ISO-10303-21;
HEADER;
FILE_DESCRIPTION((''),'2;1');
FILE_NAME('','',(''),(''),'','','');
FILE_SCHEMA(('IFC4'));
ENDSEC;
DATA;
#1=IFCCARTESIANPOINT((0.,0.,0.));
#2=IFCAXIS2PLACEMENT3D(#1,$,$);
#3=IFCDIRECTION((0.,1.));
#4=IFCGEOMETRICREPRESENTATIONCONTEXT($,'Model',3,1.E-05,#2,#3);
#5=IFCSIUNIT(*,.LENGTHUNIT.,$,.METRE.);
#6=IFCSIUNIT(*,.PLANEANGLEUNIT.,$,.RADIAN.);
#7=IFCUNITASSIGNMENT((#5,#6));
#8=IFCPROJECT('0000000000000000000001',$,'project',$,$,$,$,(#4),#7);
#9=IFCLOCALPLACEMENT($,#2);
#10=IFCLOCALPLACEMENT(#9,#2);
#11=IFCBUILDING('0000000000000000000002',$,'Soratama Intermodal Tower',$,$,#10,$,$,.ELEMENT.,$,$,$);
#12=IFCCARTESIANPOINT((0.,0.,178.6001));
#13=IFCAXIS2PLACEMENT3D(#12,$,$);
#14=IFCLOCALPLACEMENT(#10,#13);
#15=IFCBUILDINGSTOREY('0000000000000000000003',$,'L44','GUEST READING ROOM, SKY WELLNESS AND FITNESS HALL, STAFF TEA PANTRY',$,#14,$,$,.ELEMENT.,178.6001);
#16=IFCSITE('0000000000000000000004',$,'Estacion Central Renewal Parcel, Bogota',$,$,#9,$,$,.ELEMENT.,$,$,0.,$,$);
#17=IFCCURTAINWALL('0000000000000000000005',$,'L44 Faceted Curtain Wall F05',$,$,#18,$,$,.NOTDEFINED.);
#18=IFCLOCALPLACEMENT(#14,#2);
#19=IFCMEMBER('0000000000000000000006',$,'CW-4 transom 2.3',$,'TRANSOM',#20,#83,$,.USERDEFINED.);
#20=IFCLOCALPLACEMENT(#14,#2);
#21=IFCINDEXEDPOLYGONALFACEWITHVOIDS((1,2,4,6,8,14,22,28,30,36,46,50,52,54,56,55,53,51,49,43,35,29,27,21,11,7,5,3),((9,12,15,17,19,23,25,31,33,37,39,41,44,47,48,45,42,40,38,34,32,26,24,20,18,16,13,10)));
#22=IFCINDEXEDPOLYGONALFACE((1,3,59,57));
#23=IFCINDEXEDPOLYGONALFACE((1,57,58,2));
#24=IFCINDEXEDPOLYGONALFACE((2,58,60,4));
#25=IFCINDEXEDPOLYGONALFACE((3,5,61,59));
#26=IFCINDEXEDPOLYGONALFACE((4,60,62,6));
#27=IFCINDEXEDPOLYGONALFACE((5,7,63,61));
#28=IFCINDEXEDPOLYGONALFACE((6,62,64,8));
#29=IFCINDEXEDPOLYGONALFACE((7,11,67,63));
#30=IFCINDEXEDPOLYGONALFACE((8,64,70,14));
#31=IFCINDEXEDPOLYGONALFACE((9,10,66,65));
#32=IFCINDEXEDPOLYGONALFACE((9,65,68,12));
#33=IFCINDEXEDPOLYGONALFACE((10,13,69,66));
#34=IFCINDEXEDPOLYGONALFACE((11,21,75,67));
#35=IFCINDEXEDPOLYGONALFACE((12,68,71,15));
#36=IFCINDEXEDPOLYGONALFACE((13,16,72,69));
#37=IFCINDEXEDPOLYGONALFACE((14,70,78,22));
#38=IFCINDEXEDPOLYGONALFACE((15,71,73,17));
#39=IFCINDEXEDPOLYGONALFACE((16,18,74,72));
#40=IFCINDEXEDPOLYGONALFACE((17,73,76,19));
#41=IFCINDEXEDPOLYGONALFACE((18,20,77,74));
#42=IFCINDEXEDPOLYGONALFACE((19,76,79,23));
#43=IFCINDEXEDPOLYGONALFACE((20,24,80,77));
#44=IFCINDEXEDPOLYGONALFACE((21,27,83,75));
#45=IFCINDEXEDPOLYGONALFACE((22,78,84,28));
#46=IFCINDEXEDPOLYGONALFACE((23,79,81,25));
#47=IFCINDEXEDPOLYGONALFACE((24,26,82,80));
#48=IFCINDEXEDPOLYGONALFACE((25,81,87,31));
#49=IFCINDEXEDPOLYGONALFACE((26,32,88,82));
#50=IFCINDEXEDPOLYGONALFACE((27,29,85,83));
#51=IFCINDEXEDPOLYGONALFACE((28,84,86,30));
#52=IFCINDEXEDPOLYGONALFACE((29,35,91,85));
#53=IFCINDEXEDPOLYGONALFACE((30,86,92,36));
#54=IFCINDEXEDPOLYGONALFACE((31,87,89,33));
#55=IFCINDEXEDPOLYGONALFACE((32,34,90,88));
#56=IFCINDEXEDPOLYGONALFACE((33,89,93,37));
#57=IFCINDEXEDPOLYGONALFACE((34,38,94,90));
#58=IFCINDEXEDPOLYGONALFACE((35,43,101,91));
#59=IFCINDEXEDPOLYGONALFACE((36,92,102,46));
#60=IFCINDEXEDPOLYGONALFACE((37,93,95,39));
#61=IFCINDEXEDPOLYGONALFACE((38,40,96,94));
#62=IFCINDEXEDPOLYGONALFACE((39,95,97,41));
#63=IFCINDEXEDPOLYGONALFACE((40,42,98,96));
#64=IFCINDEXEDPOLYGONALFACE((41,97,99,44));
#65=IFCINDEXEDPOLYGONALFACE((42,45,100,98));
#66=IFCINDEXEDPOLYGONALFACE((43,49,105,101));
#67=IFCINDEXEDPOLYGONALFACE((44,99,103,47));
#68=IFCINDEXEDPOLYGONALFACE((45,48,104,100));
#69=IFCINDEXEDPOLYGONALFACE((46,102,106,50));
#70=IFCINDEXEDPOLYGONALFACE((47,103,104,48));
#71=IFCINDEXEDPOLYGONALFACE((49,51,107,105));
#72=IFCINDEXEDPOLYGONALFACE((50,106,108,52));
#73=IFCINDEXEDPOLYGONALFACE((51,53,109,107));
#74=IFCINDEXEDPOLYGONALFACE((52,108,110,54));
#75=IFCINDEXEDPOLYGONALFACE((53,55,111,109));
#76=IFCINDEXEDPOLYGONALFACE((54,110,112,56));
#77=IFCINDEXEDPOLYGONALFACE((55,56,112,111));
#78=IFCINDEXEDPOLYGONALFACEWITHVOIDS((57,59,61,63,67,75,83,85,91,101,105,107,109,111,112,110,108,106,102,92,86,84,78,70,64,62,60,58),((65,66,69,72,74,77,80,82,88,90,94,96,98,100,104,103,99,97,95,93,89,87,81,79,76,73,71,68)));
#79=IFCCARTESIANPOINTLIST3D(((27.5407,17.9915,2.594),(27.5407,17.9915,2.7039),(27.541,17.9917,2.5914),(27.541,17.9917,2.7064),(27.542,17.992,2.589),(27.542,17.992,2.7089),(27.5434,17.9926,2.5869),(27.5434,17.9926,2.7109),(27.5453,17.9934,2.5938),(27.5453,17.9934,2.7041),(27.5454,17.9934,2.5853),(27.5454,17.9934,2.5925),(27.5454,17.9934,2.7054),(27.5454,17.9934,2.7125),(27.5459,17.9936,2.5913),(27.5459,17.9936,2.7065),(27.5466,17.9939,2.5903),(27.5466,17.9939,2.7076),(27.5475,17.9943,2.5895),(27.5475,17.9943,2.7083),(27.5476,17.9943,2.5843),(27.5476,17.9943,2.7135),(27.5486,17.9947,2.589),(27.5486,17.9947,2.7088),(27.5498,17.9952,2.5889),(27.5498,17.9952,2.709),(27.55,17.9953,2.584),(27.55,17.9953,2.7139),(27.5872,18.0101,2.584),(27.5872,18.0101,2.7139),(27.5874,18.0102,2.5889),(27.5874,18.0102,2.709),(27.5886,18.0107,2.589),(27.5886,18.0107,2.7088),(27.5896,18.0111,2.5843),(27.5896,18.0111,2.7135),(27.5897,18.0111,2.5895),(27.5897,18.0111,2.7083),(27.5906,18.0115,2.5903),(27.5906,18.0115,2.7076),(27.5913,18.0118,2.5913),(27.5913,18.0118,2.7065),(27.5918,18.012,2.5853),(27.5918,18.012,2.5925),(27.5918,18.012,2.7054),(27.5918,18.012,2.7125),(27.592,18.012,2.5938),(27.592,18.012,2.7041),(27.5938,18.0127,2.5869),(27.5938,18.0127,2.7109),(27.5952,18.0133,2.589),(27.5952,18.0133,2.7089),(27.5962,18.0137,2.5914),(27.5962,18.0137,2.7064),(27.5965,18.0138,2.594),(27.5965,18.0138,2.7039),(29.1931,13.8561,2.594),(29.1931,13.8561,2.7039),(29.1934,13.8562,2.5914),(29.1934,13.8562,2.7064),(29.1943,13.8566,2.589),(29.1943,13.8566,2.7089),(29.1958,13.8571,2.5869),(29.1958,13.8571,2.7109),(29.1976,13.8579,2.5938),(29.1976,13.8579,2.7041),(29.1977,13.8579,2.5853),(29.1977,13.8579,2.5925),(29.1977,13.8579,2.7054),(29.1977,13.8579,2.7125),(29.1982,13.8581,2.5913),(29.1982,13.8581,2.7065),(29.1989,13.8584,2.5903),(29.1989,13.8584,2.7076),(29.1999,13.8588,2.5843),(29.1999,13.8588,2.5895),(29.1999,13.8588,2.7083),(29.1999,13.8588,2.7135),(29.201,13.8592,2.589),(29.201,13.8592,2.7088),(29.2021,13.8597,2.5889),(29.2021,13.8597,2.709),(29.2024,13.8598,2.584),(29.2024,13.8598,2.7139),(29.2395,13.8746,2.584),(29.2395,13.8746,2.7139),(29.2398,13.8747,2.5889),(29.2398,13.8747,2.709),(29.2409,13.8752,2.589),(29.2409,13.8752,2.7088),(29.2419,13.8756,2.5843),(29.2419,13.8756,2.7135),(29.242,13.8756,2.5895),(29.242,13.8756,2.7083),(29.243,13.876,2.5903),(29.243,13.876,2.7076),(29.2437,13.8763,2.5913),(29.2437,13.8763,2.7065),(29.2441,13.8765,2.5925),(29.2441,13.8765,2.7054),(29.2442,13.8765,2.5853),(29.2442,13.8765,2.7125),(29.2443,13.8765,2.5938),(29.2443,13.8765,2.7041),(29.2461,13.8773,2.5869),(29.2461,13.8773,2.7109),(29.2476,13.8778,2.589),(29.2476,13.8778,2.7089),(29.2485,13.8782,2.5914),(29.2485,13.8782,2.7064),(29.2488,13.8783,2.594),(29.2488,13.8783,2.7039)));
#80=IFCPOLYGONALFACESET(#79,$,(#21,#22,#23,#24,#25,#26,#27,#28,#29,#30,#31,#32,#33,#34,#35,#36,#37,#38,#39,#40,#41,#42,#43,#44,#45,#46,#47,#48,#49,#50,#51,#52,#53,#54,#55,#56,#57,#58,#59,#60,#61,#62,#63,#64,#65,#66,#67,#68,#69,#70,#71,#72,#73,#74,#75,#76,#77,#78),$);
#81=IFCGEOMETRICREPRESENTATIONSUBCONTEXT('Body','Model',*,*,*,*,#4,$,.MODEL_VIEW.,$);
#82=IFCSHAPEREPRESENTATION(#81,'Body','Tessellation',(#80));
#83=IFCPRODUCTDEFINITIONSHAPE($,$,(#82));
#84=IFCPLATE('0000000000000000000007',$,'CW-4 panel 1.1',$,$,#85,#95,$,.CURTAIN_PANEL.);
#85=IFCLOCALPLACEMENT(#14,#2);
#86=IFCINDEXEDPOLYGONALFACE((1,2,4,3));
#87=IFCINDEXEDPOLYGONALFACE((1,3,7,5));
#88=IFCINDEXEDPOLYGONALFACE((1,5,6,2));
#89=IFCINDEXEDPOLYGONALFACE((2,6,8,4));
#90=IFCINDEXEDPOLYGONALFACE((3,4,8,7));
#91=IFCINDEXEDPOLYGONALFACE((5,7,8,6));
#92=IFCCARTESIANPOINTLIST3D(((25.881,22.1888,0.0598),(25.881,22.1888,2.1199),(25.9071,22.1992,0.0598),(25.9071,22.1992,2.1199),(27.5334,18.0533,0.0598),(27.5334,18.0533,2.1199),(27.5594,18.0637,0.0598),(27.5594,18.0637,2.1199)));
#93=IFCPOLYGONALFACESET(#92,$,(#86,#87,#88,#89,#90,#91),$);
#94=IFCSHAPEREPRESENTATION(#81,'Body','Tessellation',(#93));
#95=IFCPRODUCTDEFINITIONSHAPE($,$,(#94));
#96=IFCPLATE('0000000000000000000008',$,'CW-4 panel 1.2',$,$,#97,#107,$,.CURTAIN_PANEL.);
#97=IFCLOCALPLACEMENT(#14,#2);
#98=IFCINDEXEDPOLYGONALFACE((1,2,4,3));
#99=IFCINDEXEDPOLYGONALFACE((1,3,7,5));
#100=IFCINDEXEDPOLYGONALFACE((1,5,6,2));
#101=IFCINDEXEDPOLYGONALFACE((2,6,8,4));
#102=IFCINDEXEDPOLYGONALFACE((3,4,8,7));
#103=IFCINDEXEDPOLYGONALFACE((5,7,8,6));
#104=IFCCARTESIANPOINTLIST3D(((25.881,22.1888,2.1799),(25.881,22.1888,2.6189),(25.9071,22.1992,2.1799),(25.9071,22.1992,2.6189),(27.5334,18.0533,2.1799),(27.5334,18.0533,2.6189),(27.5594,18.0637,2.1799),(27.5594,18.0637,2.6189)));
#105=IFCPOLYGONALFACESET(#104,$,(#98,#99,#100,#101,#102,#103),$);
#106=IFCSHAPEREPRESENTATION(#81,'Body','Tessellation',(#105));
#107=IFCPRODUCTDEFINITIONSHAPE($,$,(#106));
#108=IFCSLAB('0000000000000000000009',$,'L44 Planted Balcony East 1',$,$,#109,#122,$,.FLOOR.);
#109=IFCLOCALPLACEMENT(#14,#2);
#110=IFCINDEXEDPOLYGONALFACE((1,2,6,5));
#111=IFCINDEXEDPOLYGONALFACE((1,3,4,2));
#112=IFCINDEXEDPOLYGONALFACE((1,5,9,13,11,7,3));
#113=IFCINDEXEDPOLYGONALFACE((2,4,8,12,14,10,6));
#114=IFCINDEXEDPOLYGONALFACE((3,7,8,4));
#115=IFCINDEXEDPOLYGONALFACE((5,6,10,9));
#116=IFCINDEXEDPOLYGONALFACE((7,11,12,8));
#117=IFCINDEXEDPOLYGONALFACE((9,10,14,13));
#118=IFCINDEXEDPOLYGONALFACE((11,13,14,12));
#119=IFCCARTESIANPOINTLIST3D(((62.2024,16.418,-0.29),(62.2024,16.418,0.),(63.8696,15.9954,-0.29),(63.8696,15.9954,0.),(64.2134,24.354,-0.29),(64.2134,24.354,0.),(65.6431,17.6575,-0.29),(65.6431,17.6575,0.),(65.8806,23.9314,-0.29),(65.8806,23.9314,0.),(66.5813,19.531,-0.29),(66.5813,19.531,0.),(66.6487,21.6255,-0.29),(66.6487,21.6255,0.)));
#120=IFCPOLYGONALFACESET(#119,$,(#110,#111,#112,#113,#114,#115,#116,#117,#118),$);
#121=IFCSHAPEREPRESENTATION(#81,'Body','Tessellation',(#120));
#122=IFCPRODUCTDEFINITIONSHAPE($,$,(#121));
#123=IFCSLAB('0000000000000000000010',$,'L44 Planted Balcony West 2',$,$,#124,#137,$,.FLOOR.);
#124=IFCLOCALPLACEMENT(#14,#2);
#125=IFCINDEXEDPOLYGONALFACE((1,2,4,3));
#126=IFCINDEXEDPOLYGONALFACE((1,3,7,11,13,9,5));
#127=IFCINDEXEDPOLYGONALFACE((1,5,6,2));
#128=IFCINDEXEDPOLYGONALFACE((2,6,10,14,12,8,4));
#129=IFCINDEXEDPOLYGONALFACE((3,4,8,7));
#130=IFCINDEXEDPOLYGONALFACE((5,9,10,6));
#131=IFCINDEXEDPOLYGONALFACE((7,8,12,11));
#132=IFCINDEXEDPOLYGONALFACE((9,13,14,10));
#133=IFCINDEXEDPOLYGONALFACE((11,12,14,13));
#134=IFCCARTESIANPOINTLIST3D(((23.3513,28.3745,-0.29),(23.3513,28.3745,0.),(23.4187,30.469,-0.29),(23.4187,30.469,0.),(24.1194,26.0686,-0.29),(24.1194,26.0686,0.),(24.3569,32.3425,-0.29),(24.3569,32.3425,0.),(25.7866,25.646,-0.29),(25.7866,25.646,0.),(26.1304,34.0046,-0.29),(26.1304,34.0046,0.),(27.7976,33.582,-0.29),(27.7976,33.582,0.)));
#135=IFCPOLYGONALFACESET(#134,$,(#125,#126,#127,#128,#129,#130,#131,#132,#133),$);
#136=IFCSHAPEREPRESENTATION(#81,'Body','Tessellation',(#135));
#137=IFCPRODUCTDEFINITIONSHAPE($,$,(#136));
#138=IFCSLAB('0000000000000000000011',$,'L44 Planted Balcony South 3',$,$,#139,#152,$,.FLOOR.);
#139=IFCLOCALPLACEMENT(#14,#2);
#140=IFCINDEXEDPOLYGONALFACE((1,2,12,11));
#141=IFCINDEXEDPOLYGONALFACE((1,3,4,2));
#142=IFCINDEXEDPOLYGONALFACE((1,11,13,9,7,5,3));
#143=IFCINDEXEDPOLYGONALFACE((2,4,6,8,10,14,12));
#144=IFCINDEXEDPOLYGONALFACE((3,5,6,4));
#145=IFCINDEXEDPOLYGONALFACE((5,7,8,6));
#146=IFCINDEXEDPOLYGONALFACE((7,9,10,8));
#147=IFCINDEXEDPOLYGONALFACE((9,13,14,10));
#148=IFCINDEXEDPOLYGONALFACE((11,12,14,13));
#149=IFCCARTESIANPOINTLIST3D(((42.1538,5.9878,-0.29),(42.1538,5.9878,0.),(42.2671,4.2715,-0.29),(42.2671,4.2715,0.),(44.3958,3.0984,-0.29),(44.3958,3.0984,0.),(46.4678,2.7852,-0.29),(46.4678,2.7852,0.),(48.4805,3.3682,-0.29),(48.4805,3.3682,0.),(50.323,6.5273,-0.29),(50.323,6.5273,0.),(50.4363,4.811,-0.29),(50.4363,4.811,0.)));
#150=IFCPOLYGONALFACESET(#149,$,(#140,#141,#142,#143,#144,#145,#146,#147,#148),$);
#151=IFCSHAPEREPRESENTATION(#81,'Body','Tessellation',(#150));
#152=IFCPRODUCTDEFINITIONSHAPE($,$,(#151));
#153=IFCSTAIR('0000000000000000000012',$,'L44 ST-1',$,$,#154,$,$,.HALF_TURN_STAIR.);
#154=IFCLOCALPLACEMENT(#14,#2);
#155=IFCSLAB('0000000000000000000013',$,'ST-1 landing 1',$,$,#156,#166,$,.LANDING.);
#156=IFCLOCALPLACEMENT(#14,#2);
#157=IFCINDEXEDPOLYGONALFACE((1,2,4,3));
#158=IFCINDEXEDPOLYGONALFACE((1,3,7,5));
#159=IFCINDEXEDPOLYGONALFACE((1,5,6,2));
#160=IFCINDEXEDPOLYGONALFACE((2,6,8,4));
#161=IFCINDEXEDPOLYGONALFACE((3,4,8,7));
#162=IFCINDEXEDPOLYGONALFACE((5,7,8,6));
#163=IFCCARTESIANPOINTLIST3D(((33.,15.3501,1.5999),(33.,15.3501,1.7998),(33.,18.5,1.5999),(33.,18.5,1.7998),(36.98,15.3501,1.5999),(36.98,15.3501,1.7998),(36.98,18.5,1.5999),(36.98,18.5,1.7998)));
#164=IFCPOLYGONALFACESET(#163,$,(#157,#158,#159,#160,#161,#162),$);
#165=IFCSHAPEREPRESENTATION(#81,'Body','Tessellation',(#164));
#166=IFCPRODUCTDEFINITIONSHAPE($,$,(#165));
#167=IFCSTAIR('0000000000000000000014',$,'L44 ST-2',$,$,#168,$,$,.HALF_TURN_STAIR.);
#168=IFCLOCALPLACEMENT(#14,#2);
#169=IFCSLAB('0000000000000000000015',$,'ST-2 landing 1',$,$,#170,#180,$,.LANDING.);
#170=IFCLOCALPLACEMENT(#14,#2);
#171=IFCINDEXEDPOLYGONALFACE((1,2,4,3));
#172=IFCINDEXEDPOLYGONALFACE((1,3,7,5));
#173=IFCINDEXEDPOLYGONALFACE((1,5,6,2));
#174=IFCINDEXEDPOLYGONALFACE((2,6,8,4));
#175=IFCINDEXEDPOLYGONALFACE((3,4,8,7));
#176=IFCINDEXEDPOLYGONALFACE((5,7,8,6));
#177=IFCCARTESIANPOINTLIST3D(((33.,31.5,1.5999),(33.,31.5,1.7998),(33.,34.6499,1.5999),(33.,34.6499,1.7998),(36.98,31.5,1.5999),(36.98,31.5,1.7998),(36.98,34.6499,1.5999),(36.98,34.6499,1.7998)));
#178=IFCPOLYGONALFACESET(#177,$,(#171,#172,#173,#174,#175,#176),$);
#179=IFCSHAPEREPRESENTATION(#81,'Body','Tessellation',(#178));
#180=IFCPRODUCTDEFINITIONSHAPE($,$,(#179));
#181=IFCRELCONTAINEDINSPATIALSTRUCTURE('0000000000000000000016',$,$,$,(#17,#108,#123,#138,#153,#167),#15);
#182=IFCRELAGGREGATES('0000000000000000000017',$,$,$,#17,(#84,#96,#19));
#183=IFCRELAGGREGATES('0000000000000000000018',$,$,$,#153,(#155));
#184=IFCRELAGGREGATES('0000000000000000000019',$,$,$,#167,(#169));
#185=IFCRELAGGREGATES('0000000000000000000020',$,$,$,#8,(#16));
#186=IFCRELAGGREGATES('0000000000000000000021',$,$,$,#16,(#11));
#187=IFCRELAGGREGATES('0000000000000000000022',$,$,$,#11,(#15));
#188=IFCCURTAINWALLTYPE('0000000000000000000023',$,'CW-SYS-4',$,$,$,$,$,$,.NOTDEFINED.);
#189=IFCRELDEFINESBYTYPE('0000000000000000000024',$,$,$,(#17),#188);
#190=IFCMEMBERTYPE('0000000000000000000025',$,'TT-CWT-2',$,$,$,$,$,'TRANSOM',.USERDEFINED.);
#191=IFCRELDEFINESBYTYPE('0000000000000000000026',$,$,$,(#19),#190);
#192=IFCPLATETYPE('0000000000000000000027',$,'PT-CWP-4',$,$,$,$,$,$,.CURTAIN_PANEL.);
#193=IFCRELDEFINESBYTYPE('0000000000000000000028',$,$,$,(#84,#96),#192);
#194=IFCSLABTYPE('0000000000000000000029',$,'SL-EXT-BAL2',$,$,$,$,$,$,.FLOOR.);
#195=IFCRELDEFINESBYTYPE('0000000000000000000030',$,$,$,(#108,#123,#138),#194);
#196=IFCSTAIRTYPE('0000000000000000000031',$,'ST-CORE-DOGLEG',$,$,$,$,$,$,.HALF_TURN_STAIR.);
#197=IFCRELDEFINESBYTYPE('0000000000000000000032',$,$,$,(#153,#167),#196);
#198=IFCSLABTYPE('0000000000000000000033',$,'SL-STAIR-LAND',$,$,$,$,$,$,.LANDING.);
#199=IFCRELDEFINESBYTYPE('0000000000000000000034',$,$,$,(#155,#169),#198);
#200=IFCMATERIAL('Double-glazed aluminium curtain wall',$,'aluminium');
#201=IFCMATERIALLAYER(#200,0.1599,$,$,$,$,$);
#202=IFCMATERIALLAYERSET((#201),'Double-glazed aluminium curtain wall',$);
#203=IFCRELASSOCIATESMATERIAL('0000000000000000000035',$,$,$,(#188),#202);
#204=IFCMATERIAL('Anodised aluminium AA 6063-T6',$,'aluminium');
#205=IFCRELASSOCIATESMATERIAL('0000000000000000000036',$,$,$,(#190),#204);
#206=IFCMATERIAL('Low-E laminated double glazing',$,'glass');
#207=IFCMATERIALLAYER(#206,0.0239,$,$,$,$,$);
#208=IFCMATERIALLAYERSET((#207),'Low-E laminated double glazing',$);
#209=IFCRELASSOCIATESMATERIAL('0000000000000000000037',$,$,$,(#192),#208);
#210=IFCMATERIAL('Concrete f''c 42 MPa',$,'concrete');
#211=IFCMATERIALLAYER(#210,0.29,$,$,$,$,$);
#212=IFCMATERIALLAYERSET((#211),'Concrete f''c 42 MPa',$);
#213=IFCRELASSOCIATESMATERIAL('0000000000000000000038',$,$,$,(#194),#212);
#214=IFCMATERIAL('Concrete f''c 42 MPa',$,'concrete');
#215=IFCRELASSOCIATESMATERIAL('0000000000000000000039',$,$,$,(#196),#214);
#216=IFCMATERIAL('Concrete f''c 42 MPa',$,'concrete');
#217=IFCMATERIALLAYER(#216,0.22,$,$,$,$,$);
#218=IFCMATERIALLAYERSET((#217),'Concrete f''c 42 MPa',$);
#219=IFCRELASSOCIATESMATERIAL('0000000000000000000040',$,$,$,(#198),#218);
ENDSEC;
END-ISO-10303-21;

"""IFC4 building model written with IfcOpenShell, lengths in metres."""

from ifc_helpers import new_model, si_unit, direction, frame, origin, origin_2d, place, context, subcontext, project, spatial, polyline, rectangle, hollow_rectangle, outline, extrude, material, layer, layer_set, material_profile, profile_set, type_object, element, aggregate, save


model = new_model("IFC4")

# Units and contexts
model_context = context("Model", 3, precision=1e-05, world=origin(), true_north=direction((0.0, 1.0)))
body_context = subcontext(model_context, "Body", "Model", "MODEL_VIEW")
ifc_project = project(units=[si_unit("LENGTHUNIT", "METRE"), si_unit("PLANEANGLEUNIT", "RADIAN")], contexts=[model_context])

# Site, building, storey
site_placement = place(None, origin())
site = spatial("IfcSite", under=ifc_project, at=site_placement, Name="Estacion Central Renewal Parcel, Bogota", CompositionType="ELEMENT", RefElevation=0.0)
building_placement = place(site_placement, origin())
building = spatial("IfcBuilding", under=site, at=building_placement, Name="Soratama Intermodal Tower", CompositionType="ELEMENT")
storey_placement = place(building_placement, frame((0.0, 0.0, 178.6001)))
storey = spatial("IfcBuildingStorey", under=building, at=storey_placement, Name="L44", Description="GUEST READING ROOM, SKY WELLNESS AND FITNESS HALL, STAFF TEA PANTRY", CompositionType="ELEMENT", Elevation=178.6001)

# Curtain wall, member, plates
ifc_material_1 = material(Name="Double-glazed aluminium curtain wall", Category="aluminium")
ifc_layer_1 = layer(ifc_material_1, 0.1599)
ifc_layer_set_1 = layer_set([ifc_layer_1], Name="Double-glazed aluminium curtain wall")
curtain_wall_type = type_object("IfcCurtainWallType", Name="CW-SYS-4", PredefinedType="NOTDEFINED", material=ifc_layer_set_1)
curtain_wall_placement = place(storey_placement, origin())
curtain_wall = element("IfcCurtainWall", 1, at=curtain_wall_placement, inside=storey, type_object=curtain_wall_type, Name="L44 Faceted Curtain Wall F05", PredefinedType="NOTDEFINED")
ifc_material_2 = material(Name="Anodised aluminium AA 6063-T6", Category="aluminium")
ifc_material_profile_1 = material_profile(ifc_material_2, hollow_rectangle(XDim=0.0601, YDim=0.1299, WallThickness=0.0049, InnerFilletRadius=0.0049, OuterFilletRadius=0.01, at=origin_2d()), Name="CWT130X60X5")
ifc_profile_set_1 = profile_set([ifc_material_profile_1], Name="Anodised aluminium AA 6063-T6")
member_type_1 = type_object("IfcMemberType", Name="TT-CWT-2", ElementType="TRANSOM", PredefinedType="USERDEFINED", material=ifc_profile_set_1)
member_1_placement = place(storey_placement, frame((27.5686, 18.0027, 2.6489), z_axis=(0.371031, -0.92862, 0.0), x_axis=(0.92862, 0.371031, 0.0)))
member_1 = element("IfcMember", 2, at=member_1_placement, type_object=member_type_1, Name="CW-4 transom 2.3", ObjectType="TRANSOM", PredefinedType="USERDEFINED", context=body_context, shape_type="SweptSolid", body=[
    extrude(hollow_rectangle(XDim=0.0601, YDim=0.1299, WallThickness=0.0049, InnerFilletRadius=0.0049, OuterFilletRadius=0.01, at=origin_2d()), origin(), (0.0, 0.0, 1.0), 4.4534),
])
ifc_material_3 = material(Name="Low-E laminated double glazing", Category="glass")
ifc_layer_2 = layer(ifc_material_3, 0.0239)
ifc_layer_set_2 = layer_set([ifc_layer_2], Name="Low-E laminated double glazing")
plate_type = type_object("IfcPlateType", Name="PT-CWP-4", PredefinedType="CURTAIN_PANEL", material=ifc_layer_set_2)
plate_1_placement = place(storey_placement, frame((26.7202, 20.1262, 0.0598), z_axis=(0.0, 0.0, 1.0), x_axis=(0.371038, -0.928618, 0.0)))
plate_1 = element("IfcPlate", 3, at=plate_1_placement, type_object=plate_type, Name="CW-4 panel 1.1", PredefinedType="CURTAIN_PANEL", context=body_context, shape_type="SweptSolid", body=[
    extrude(rectangle(XDim=4.4534, YDim=0.0281, at=origin_2d()), origin(), (0.0, 0.0, 1.0), 2.0601),
])
plate_2_placement = place(storey_placement, frame((26.7202, 20.1262, 2.1799), z_axis=(0.0, 0.0, 1.0), x_axis=(0.371038, -0.928618, 0.0)))
plate_2 = element("IfcPlate", 4, at=plate_2_placement, type_object=plate_type, Name="CW-4 panel 1.2", PredefinedType="CURTAIN_PANEL", context=body_context, shape_type="SweptSolid", body=[
    extrude(rectangle(XDim=4.4534, YDim=0.0281, at=origin_2d()), origin(), (0.0, 0.0, 1.0), 0.439),
])
aggregate(curtain_wall, [plate_1, plate_2, member_1])

# Slabs
ifc_material_4 = material(Name="Concrete f'c 42 MPa", Category="concrete")
ifc_layer_3 = layer(ifc_material_4, 0.29)
ifc_layer_set_3 = layer_set([ifc_layer_3], Name="Concrete f'c 42 MPa")
slab_type_1 = type_object("IfcSlabType", Name="SL-EXT-BAL2", PredefinedType="FLOOR", material=ifc_layer_set_3)
slab_1_placement = place(storey_placement, frame((0.0, 0.0, -0.29)))
element("IfcSlab", 5, at=slab_1_placement, inside=storey, type_object=slab_type_1, Name="L44 Planted Balcony East 1", PredefinedType="FLOOR", context=body_context, shape_type="SweptSolid", body=[
    extrude(outline(polyline([(62.2024, 16.418), (64.2134, 24.354), (65.8806, 23.9314), (66.6487, 21.6255), (66.5813, 19.531), (65.6431, 17.6575), (63.8696, 15.9954), (62.2024, 16.418)])), origin(), (0.0, 0.0, 1.0), 0.29),
])
slab_2_placement = place(storey_placement, frame((0.0, 0.0, -0.29)))
element("IfcSlab", 6, at=slab_2_placement, inside=storey, type_object=slab_type_1, Name="L44 Planted Balcony West 2", PredefinedType="FLOOR", context=body_context, shape_type="SweptSolid", body=[
    extrude(outline(polyline([(27.7976, 33.582), (25.7866, 25.646), (24.1194, 26.0686), (23.3513, 28.3745), (23.4187, 30.469), (24.3569, 32.3425), (26.1304, 34.0046), (27.7976, 33.582)])), origin(), (0.0, 0.0, 1.0), 0.29),
])
slab_3_placement = place(storey_placement, frame((0.0, 0.0, -0.29)))
element("IfcSlab", 7, at=slab_3_placement, inside=storey, type_object=slab_type_1, Name="L44 Planted Balcony South 3", PredefinedType="FLOOR", context=body_context, shape_type="SweptSolid", body=[
    extrude(outline(polyline([(42.1538, 5.9878), (50.323, 6.5273), (50.4363, 4.811), (48.4805, 3.3682), (46.4678, 2.7852), (44.3958, 3.0984), (42.2671, 4.2715), (42.1538, 5.9878)])), origin(), (0.0, 0.0, 1.0), 0.29),
])

# Stairs, slabs
ifc_material_5 = material(Name="Concrete f'c 42 MPa", Category="concrete")
stair_type = type_object("IfcStairType", Name="ST-CORE-DOGLEG", PredefinedType="HALF_TURN_STAIR", material=ifc_material_5)
stair_1_placement = place(storey_placement, origin())
stair_1 = element("IfcStair", 8, at=stair_1_placement, inside=storey, type_object=stair_type, Name="L44 ST-1", PredefinedType="HALF_TURN_STAIR")
ifc_material_6 = material(Name="Concrete f'c 42 MPa", Category="concrete")
ifc_layer_4 = layer(ifc_material_6, 0.22)
ifc_layer_set_4 = layer_set([ifc_layer_4], Name="Concrete f'c 42 MPa")
slab_type_2 = type_object("IfcSlabType", Name="SL-STAIR-LAND", PredefinedType="LANDING", material=ifc_layer_set_4)
slab_4_placement = place(storey_placement, frame((0.0, 0.0, 1.5999)))
slab_4 = element("IfcSlab", 9, at=slab_4_placement, type_object=slab_type_2, Name="ST-1 landing 1", PredefinedType="LANDING", context=body_context, shape_type="SweptSolid", body=[
    extrude(outline(polyline([(36.98, 18.5), (33.0, 18.5), (33.0, 15.3501), (36.98, 15.3501), (36.98, 18.5)])), origin(), (0.0, 0.0, 1.0), 0.2),
])
aggregate(stair_1, [slab_4])
stair_2_placement = place(storey_placement, origin())
stair_2 = element("IfcStair", 10, at=stair_2_placement, inside=storey, type_object=stair_type, Name="L44 ST-2", PredefinedType="HALF_TURN_STAIR")
slab_5_placement = place(storey_placement, frame((0.0, 0.0, 1.5999)))
slab_5 = element("IfcSlab", 11, at=slab_5_placement, type_object=slab_type_2, Name="ST-2 landing 1", PredefinedType="LANDING", context=body_context, shape_type="SweptSolid", body=[
    extrude(outline(polyline([(36.98, 34.6499), (33.0, 34.6499), (33.0, 31.5), (36.98, 31.5), (36.98, 34.6499)])), origin(), (0.0, 0.0, 1.0), 0.2),
])
aggregate(stair_2, [slab_5])

save(model, "model.ifc")
